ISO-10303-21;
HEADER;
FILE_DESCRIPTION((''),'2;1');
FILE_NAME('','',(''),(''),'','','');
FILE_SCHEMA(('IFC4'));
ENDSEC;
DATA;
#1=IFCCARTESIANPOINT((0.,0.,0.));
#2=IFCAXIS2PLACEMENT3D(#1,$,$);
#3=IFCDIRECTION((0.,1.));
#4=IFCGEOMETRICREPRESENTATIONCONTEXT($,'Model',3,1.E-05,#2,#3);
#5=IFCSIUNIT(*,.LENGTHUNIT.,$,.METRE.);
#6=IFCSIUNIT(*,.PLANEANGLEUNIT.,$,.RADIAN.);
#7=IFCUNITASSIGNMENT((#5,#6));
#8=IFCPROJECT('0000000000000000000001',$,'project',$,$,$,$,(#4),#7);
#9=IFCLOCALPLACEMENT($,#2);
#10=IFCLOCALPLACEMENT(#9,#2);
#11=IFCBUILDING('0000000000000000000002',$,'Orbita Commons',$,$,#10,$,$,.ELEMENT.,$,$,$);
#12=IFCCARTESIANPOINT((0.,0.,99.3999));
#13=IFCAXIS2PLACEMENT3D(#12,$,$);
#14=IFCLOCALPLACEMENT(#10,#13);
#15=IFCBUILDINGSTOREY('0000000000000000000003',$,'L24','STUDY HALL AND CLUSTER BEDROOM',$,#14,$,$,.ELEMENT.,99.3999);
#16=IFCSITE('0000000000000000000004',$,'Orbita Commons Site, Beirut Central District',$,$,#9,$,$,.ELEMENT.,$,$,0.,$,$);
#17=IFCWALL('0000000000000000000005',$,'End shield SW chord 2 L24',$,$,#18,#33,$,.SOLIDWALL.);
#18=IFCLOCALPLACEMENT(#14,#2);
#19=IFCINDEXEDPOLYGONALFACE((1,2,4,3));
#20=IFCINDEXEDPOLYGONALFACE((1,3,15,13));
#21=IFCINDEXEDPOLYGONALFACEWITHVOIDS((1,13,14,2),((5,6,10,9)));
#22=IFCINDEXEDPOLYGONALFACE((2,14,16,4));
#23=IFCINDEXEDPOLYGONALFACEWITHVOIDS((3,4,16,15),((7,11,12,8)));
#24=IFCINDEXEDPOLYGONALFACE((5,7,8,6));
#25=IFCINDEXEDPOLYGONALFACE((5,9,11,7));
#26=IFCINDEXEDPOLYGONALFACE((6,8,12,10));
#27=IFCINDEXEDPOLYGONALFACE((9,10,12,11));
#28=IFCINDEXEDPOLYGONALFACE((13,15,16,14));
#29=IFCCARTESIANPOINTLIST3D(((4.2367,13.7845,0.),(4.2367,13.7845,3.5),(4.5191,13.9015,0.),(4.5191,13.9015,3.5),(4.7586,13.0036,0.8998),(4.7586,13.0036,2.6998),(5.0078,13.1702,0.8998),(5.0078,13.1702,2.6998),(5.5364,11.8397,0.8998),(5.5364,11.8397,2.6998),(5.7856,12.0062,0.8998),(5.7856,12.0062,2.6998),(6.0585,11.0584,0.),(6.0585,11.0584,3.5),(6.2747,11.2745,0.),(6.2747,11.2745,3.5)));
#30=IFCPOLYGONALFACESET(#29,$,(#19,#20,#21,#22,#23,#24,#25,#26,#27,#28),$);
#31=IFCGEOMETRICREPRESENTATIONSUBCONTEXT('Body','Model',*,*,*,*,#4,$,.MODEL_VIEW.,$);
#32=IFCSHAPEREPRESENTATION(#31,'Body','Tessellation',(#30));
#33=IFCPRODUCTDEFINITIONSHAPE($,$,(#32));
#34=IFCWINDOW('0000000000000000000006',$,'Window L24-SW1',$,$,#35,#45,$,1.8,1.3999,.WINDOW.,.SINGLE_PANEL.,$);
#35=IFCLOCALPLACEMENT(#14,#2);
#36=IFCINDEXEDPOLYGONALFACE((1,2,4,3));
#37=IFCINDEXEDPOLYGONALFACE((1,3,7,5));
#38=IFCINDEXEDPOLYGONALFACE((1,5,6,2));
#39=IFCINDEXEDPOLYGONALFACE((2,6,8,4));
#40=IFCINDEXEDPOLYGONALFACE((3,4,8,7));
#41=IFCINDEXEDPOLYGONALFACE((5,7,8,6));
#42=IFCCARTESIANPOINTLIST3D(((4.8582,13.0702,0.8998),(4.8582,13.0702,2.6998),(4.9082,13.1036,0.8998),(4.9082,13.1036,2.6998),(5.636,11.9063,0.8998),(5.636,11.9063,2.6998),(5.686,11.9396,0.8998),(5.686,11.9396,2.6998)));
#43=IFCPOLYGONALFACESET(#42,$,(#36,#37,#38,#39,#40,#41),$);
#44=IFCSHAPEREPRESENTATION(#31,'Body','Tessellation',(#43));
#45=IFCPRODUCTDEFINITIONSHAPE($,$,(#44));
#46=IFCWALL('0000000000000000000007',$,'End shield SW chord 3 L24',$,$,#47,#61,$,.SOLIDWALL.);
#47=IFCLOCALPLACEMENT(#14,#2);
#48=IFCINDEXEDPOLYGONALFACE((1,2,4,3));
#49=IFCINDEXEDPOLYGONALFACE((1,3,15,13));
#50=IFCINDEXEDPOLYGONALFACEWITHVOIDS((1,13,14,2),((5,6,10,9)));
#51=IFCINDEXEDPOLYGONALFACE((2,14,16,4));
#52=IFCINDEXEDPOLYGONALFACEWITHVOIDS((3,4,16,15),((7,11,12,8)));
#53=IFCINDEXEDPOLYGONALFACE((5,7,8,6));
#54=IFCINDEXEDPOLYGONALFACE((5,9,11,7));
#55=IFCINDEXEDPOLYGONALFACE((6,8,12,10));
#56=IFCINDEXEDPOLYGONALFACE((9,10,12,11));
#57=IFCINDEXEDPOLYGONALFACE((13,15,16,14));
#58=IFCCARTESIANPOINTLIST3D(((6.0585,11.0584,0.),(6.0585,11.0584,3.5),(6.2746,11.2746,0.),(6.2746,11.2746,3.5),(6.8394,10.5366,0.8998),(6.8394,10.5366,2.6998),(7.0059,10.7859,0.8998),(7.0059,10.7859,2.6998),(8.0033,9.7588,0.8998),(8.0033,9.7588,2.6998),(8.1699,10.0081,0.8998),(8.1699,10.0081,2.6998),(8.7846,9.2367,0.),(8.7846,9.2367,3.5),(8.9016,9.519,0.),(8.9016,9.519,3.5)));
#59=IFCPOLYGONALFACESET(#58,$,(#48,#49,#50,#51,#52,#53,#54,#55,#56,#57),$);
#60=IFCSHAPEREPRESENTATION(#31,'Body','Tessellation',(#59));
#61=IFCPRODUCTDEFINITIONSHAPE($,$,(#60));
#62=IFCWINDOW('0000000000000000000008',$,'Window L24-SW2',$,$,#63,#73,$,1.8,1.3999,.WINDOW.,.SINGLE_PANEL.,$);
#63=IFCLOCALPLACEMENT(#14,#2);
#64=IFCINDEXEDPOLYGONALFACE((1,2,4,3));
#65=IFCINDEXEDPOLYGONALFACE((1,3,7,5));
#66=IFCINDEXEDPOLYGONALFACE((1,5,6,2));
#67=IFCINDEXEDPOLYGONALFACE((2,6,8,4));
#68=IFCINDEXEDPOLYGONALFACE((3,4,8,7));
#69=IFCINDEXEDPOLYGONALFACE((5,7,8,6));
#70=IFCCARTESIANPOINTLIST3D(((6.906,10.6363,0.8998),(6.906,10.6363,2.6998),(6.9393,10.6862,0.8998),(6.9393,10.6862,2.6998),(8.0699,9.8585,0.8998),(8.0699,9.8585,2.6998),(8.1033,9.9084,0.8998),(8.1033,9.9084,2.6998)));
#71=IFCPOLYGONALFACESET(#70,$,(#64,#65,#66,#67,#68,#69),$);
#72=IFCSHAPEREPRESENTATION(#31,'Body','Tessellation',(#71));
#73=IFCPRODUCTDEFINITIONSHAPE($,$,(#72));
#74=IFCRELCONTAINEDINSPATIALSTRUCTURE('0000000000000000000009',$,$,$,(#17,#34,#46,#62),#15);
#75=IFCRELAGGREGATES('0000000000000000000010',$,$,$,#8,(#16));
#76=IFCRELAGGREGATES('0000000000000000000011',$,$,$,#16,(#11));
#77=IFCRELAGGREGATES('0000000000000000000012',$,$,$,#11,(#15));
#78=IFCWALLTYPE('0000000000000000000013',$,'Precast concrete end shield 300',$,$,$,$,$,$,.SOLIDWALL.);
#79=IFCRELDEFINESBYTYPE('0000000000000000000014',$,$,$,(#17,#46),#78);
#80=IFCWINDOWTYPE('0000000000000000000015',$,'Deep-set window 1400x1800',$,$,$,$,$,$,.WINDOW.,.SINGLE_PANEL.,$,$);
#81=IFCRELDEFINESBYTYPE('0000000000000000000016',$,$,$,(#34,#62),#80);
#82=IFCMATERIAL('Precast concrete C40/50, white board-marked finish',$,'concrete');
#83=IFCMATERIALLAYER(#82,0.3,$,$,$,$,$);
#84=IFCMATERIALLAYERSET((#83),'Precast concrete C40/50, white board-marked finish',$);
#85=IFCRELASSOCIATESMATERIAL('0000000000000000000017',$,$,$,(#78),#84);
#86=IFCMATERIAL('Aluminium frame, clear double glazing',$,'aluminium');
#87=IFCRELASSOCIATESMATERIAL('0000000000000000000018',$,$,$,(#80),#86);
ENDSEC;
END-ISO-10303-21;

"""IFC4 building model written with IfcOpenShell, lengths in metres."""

from ifc_helpers import new_model, si_unit, direction, frame, frame_2d, origin, place, context, subcontext, project, spatial, polyline, rectangle, outline, extrude, material, layer, layer_set, type_object, element, fill, save


model = new_model("IFC4")

# Units and contexts
model_context = context("Model", 3, precision=1e-05, world=origin(), true_north=direction((0.0, 1.0)))
body_context = subcontext(model_context, "Body", "Model", "MODEL_VIEW")
ifc_project = project(units=[si_unit("LENGTHUNIT", "METRE"), si_unit("PLANEANGLEUNIT", "RADIAN")], contexts=[model_context])

# Site, building, storey
site_placement = place(None, origin())
site = spatial("IfcSite", under=ifc_project, at=site_placement, Name="Orbita Commons Site, Beirut Central District", CompositionType="ELEMENT", RefElevation=0.0)
building_placement = place(site_placement, origin())
building = spatial("IfcBuilding", under=site, at=building_placement, Name="Orbita Commons", CompositionType="ELEMENT")
storey_placement = place(building_placement, frame((0.0, 0.0, 99.3999)))
storey = spatial("IfcBuildingStorey", under=building, at=storey_placement, Name="L24", Description="STUDY HALL AND CLUSTER BEDROOM", CompositionType="ELEMENT", Elevation=99.3999)

# Walls, openings, windows
ifc_material_1 = material(Name="Precast concrete C40/50, white board-marked finish", Category="concrete")
ifc_layer_1 = layer(ifc_material_1, 0.3)
ifc_layer_set_1 = layer_set([ifc_layer_1], Name="Precast concrete C40/50, white board-marked finish")
wall_type_1 = type_object("IfcWallType", Name="Precast concrete end shield 300", PredefinedType="SOLIDWALL", material=ifc_layer_set_1)
ifc_material_2 = material(Name="Aluminium frame, clear double glazing", Category="aluminium")
window_type = type_object("IfcWindowType", Name="Deep-set window 1400x1800", PartitioningType="SINGLE_PANEL", PredefinedType="WINDOW", material=ifc_material_2)
wall_1_placement = place(storey_placement, frame((4.3779, 13.843, 0.0), z_axis=(0.0, 0.0, 1.0), x_axis=(0.55561, -0.831443, 0.0)))
wall_1 = element("IfcWall", 1, at=wall_1_placement, inside=storey, type_object=wall_type_1, Name="End shield SW chord 2 L24", PredefinedType="SOLIDWALL", context=body_context, shape_type="SweptSolid", body=[
    extrude(outline(polyline([(-0.0298, -0.1499), (3.249, -0.1499), (3.1895, 0.1499), (0.0298, 0.1499), (-0.0298, -0.1499)])), origin(), (0.0, 0.0, 1.0), 3.5),
])
opening_1_placement = place(wall_1_placement, frame((0.9094, 0.0, 0.8999)))
opening_1 = element("IfcOpeningElement", 2, at=opening_1_placement, cuts=wall_1, PredefinedType="OPENING", context=body_context, shape_type="SweptSolid", body=[
    extrude(rectangle(XDim=1.3999, YDim=1.8, at=frame_2d((0.7, 0.8999))), frame((0.0, 0.1599, 0.0), z_axis=(0.0, -1.0, 0.0), x_axis=(1.0, 0.0, 0.0)), (0.0, 0.0, 1.0), 0.3201),
])
window_1_placement = place(opening_1_placement, origin())
window_1 = element("IfcWindow", 3, at=window_1_placement, inside=storey, type_object=window_type, Name="Window L24-SW1", OverallHeight=1.8, OverallWidth=1.3999, PartitioningType="SINGLE_PANEL", PredefinedType="WINDOW", context=body_context, shape_type="SweptSolid", body=[
    extrude(rectangle(XDim=1.3999, YDim=1.8, at=frame_2d((0.7, 0.8999))), frame((0.0, 0.03, 0.0), z_axis=(0.0, -1.0, 0.0), x_axis=(1.0, 0.0, 0.0)), (0.0, 0.0, 1.0), 0.0601),
])
fill(opening_1, window_1)
wall_2_placement = place(storey_placement, frame((6.1665, 11.1665, 0.0), z_axis=(0.0, 0.0, 1.0), x_axis=(0.831443, -0.55561, 0.0)))
wall_2 = element("IfcWall", 4, at=wall_2_placement, inside=storey, type_object=wall_type_1, Name="End shield SW chord 3 L24", PredefinedType="SOLIDWALL", context=body_context, shape_type="SweptSolid", body=[
    extrude(outline(polyline([(-0.0298, -0.1499), (3.249, -0.1499), (3.1895, 0.1499), (0.0298, 0.1499), (-0.0298, -0.1499)])), origin(), (0.0, 0.0, 1.0), 3.5),
])
opening_2_placement = place(wall_2_placement, frame((0.9094, 0.0, 0.8999)))
opening_2 = element("IfcOpeningElement", 5, at=opening_2_placement, cuts=wall_2, PredefinedType="OPENING", context=body_context, shape_type="SweptSolid", body=[
    extrude(rectangle(XDim=1.3999, YDim=1.8, at=frame_2d((0.7, 0.8999))), frame((0.0, 0.1599, 0.0), z_axis=(0.0, -1.0, 0.0), x_axis=(1.0, 0.0, 0.0)), (0.0, 0.0, 1.0), 0.3201),
])
window_2_placement = place(opening_2_placement, origin())
window_2 = element("IfcWindow", 6, at=window_2_placement, inside=storey, type_object=window_type, Name="Window L24-SW2", OverallHeight=1.8, OverallWidth=1.3999, PartitioningType="SINGLE_PANEL", PredefinedType="WINDOW", context=body_context, shape_type="SweptSolid", body=[
    extrude(rectangle(XDim=1.3999, YDim=1.8, at=frame_2d((0.7, 0.8999))), frame((0.0, 0.03, 0.0), z_axis=(0.0, -1.0, 0.0), x_axis=(1.0, 0.0, 0.0)), (0.0, 0.0, 1.0), 0.0601),
])
fill(opening_2, window_2)

save(model, "model.ifc")
